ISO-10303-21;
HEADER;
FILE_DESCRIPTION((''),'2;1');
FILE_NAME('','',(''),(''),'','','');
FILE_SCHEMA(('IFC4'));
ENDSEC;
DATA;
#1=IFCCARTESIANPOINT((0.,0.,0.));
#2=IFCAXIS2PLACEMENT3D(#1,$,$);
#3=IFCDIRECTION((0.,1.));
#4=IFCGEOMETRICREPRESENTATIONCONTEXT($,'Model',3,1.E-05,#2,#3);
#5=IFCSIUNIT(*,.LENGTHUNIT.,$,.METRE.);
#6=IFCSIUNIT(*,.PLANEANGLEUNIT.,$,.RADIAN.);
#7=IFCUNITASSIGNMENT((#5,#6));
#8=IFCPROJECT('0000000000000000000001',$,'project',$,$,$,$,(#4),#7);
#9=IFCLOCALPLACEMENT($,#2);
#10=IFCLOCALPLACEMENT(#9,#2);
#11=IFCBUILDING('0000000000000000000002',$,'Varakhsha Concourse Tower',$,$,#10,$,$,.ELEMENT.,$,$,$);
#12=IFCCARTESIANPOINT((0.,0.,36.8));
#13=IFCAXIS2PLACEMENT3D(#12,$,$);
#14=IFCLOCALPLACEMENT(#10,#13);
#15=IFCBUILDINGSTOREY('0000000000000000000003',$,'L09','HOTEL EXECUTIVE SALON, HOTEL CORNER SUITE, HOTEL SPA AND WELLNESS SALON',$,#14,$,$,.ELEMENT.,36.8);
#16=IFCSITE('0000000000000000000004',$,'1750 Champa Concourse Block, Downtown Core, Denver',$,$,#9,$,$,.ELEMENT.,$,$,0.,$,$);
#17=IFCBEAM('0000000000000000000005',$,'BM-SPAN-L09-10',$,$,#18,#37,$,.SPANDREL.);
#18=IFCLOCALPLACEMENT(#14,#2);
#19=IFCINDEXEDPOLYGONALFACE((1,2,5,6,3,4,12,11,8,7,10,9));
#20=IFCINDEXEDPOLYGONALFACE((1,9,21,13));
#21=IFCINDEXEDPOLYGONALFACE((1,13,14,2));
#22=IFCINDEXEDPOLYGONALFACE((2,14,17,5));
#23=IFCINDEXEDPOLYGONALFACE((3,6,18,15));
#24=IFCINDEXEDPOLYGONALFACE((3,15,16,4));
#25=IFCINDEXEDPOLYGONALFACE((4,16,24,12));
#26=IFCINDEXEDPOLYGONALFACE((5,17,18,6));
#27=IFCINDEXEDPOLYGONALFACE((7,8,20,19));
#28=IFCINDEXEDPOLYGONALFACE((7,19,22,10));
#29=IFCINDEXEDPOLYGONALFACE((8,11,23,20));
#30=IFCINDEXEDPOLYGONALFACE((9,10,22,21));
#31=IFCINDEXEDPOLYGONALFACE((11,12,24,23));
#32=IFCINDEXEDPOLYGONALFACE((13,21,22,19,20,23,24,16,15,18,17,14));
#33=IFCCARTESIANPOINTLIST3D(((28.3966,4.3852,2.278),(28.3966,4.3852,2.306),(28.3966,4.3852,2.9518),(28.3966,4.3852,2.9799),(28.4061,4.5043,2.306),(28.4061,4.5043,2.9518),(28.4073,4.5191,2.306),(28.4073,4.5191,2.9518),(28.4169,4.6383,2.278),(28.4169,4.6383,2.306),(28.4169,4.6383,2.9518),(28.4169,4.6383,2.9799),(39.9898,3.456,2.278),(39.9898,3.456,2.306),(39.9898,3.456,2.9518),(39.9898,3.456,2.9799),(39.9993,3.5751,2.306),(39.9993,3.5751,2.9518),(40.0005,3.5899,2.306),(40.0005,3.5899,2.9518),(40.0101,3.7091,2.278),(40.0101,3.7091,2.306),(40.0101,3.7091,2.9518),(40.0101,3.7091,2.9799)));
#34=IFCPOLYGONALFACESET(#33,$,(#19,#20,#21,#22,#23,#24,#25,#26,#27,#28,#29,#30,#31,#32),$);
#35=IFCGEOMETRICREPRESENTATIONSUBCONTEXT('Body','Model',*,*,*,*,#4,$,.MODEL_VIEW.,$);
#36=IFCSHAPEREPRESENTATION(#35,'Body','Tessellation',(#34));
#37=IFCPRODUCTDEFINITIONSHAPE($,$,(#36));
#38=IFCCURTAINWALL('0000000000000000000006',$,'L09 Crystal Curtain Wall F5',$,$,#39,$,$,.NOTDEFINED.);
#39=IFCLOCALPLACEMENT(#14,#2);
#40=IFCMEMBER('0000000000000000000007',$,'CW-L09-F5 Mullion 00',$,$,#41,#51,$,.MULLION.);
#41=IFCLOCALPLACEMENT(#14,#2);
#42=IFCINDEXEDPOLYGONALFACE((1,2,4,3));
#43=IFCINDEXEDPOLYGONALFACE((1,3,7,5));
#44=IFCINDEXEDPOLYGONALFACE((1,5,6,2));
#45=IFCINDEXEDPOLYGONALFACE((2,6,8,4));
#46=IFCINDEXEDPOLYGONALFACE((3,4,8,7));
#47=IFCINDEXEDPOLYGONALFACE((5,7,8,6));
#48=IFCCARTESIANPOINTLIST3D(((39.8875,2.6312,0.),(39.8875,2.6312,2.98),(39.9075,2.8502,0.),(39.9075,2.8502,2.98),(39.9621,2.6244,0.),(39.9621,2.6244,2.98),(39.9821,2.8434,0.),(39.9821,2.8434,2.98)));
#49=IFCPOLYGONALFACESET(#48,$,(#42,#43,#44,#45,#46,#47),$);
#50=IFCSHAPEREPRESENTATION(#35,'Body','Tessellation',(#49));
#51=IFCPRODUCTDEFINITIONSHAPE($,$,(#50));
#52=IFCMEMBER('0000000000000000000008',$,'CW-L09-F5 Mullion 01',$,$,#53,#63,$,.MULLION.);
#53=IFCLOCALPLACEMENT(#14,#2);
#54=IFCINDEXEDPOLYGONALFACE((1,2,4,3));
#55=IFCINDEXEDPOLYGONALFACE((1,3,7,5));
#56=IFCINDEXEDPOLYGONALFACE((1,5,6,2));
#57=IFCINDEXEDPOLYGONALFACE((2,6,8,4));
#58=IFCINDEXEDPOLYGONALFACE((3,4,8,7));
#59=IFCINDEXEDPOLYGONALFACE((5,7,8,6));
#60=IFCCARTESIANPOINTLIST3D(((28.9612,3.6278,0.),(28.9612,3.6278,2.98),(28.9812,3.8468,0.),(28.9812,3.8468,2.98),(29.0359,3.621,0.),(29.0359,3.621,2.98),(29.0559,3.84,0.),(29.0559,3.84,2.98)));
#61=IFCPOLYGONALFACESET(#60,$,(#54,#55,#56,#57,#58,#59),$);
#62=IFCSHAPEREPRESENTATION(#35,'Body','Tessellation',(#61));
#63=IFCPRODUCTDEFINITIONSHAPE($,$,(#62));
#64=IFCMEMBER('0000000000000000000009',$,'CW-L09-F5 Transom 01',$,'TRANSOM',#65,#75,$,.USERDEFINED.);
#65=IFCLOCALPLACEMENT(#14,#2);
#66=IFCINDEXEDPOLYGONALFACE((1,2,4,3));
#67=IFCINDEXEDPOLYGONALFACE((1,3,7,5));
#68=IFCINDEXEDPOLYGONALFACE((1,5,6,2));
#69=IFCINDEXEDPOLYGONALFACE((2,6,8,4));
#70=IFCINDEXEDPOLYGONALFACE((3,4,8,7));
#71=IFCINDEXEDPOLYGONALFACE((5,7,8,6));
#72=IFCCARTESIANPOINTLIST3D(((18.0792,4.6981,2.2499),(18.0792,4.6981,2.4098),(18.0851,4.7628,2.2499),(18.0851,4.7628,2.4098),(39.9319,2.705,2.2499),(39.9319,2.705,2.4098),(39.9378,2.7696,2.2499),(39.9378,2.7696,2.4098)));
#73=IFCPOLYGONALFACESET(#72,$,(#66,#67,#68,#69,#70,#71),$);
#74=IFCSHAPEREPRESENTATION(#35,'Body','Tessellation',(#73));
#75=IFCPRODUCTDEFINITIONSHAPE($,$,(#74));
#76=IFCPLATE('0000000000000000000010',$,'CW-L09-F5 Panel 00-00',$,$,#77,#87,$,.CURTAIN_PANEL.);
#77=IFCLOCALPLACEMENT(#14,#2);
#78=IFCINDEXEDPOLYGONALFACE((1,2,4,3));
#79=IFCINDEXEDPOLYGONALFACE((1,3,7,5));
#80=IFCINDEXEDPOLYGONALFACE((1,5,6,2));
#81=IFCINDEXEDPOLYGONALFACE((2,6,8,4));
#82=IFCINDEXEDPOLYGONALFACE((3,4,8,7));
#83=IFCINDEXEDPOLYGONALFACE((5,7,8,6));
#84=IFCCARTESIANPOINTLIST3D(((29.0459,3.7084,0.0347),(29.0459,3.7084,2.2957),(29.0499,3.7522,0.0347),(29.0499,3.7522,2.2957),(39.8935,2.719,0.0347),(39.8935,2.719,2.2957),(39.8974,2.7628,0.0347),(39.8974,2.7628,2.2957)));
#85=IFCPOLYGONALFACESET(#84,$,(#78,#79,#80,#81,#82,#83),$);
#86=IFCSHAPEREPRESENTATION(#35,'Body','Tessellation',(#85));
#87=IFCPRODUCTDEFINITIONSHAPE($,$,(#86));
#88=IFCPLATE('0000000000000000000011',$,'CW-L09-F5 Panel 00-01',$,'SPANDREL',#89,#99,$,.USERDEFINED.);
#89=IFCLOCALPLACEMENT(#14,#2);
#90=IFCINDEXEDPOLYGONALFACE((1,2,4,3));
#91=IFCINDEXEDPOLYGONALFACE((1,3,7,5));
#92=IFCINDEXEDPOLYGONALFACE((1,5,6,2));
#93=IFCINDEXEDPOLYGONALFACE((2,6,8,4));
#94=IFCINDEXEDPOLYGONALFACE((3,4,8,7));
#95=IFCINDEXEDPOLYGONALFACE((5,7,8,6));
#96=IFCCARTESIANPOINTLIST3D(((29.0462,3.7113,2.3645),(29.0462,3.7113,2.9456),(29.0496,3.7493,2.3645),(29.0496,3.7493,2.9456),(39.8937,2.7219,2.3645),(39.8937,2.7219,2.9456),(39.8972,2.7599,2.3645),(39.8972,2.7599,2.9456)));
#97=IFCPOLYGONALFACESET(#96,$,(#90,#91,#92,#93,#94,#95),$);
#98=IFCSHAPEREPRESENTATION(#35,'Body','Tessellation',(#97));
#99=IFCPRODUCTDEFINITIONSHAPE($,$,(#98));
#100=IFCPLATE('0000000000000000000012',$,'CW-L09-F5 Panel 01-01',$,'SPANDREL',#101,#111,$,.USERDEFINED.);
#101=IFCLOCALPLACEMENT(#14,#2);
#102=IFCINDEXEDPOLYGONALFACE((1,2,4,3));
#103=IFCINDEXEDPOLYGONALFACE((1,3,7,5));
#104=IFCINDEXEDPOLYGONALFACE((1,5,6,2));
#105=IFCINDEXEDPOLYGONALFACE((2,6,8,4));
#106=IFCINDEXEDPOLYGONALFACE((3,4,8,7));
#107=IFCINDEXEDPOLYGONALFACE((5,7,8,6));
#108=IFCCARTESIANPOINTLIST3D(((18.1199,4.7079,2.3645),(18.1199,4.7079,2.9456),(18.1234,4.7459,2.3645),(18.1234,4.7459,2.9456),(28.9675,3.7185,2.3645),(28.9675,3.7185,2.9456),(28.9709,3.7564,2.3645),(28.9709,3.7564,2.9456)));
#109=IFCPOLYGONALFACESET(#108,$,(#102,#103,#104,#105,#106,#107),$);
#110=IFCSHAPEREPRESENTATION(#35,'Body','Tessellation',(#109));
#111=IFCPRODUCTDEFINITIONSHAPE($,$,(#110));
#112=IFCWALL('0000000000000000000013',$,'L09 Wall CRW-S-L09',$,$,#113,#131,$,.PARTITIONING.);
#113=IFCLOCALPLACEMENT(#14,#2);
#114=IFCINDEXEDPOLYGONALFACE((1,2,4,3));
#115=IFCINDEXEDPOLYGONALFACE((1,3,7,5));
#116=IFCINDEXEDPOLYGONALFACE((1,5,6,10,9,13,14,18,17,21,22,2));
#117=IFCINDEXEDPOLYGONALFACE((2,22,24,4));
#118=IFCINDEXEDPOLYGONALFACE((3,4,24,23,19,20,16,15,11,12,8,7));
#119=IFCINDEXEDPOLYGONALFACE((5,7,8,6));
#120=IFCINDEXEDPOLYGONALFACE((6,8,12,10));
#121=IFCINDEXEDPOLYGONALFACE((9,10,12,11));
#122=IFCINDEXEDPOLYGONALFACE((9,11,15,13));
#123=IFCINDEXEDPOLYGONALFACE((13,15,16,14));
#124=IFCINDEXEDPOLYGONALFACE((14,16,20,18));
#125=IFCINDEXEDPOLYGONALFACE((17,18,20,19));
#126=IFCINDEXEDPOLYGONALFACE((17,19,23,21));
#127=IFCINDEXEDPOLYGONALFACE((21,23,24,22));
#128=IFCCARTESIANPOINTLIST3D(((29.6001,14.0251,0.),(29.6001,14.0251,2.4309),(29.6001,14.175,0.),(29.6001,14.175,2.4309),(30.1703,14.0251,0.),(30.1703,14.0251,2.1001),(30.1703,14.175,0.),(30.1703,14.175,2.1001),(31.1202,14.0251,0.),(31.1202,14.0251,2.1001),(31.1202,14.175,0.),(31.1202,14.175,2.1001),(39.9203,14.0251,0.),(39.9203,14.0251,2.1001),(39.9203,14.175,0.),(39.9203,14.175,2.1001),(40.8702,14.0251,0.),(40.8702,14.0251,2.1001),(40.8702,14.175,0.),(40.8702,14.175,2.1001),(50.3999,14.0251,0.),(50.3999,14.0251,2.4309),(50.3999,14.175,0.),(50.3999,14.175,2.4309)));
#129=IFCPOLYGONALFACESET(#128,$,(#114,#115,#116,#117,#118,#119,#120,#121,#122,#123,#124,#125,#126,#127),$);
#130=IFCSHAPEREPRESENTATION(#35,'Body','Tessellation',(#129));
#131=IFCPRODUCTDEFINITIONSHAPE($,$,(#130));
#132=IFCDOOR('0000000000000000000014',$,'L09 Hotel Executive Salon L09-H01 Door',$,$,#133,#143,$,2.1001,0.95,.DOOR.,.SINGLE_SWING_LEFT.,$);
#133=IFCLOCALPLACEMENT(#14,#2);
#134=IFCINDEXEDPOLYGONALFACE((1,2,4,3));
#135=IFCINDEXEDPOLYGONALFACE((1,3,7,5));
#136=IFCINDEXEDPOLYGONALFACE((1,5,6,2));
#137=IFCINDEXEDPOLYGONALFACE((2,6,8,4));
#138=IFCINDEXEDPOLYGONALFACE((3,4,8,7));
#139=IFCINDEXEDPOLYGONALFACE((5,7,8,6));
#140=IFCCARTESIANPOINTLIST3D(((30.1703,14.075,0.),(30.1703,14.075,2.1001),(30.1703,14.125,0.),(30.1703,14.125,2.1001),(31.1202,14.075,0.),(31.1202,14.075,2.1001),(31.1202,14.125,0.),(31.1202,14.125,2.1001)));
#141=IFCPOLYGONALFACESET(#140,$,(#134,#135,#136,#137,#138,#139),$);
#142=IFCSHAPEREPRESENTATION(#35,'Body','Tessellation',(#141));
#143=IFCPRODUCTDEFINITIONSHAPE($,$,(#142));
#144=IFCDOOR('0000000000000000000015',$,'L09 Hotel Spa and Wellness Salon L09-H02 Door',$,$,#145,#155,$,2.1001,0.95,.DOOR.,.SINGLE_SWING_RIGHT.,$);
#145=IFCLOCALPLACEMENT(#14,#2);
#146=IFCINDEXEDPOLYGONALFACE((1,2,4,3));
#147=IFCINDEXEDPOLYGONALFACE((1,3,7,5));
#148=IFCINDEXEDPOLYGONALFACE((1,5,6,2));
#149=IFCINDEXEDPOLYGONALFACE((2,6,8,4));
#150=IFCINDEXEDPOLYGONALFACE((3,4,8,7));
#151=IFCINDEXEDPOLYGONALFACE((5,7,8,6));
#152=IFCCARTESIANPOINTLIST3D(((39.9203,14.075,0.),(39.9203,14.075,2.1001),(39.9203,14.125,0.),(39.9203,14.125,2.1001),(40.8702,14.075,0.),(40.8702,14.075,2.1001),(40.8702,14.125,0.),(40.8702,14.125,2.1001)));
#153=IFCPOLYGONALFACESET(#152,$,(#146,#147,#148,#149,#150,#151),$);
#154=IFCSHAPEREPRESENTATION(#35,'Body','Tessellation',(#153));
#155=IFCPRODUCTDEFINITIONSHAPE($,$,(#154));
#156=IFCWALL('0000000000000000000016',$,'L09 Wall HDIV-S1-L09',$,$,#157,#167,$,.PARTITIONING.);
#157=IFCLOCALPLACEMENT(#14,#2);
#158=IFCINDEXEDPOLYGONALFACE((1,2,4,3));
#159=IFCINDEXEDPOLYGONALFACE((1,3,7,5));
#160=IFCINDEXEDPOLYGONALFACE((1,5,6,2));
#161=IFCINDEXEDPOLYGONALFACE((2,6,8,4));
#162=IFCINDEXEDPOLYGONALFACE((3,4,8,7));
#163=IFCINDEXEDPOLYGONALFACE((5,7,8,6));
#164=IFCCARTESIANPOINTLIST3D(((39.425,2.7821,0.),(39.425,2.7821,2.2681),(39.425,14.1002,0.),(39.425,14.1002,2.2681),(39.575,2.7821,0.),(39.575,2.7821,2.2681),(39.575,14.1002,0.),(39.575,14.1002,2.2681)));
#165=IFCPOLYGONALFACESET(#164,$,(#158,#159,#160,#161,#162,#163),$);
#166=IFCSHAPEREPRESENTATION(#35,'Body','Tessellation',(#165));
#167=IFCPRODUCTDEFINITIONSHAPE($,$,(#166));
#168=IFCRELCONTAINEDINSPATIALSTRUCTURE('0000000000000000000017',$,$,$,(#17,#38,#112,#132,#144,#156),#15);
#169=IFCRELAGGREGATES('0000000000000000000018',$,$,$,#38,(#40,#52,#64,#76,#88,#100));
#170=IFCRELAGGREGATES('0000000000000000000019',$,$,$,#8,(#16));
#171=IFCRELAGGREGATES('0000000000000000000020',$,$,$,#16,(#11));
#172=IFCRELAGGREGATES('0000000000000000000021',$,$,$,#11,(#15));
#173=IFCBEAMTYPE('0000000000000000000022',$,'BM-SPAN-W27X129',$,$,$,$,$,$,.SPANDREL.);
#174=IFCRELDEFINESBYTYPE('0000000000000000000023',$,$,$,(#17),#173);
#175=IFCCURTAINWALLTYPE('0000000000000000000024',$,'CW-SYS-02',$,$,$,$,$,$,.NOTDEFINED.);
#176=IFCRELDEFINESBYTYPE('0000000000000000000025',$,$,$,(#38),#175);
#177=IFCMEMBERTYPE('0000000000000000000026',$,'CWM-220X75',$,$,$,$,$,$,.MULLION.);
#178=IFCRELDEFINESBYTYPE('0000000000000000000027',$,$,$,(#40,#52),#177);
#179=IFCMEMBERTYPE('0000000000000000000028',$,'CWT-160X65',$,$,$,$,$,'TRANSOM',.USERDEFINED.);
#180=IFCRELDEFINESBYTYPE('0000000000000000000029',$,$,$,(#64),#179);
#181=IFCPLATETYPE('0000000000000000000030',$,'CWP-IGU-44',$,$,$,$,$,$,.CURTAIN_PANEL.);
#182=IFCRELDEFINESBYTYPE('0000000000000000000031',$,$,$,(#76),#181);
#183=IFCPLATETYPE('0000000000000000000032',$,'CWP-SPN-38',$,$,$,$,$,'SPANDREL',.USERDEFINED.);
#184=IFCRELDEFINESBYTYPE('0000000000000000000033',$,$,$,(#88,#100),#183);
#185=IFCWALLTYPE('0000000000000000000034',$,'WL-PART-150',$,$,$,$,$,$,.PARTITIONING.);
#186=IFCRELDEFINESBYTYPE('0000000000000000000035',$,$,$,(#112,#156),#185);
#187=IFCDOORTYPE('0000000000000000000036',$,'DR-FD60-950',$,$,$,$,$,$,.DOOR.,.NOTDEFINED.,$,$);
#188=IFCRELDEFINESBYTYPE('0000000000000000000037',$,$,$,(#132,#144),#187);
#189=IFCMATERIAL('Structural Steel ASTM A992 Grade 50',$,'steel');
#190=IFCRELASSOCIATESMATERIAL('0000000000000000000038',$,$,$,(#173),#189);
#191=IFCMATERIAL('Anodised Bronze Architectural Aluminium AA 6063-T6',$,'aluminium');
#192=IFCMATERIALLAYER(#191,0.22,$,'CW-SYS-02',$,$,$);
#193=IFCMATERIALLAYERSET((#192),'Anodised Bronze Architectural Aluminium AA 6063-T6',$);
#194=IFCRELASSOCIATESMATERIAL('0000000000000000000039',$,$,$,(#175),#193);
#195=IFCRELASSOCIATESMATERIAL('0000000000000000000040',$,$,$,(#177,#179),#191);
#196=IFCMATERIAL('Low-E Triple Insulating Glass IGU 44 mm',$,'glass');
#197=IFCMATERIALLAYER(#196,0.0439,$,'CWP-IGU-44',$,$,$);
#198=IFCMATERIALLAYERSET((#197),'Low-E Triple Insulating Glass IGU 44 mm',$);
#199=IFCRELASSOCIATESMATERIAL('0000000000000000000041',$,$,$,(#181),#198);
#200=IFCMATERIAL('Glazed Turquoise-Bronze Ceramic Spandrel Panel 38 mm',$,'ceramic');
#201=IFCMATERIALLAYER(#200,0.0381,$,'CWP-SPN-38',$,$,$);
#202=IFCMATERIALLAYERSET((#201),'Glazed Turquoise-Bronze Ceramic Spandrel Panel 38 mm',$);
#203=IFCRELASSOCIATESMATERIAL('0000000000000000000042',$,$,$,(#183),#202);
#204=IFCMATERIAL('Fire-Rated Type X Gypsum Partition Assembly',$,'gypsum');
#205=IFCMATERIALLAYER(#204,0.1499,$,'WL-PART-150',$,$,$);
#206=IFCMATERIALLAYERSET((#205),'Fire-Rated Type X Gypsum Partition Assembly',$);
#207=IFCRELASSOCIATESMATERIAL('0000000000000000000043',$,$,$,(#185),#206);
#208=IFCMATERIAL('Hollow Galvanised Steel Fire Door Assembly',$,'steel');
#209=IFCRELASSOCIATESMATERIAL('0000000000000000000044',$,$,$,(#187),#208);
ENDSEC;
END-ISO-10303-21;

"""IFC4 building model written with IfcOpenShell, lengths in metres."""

from ifc_helpers import new_model, si_unit, direction, frame, frame_2d, origin, origin_2d, place, context, subcontext, project, spatial, rectangle, i_section, extrude, source, transform, mapped, material, layer, layer_set, material_profile, profile_set, type_object, type_shapes, element, fill, aggregate, save


model = new_model("IFC4")

# Units and contexts
model_context = context("Model", 3, precision=1e-05, world=origin(), true_north=direction((0.0, 1.0)))
body_context = subcontext(model_context, "Body", "Model", "MODEL_VIEW")
ifc_project = project(units=[si_unit("LENGTHUNIT", "METRE"), si_unit("PLANEANGLEUNIT", "RADIAN")], contexts=[model_context])

# Site, building, storey
site_placement = place(None, origin())
site = spatial("IfcSite", under=ifc_project, at=site_placement, Name="1750 Champa Concourse Block, Downtown Core, Denver", CompositionType="ELEMENT", RefElevation=0.0)
building_placement = place(site_placement, origin())
building = spatial("IfcBuilding", under=site, at=building_placement, Name="Varakhsha Concourse Tower", CompositionType="ELEMENT")
storey_placement = place(building_placement, frame((0.0, 0.0, 36.8)))
storey = spatial("IfcBuildingStorey", under=building, at=storey_placement, Name="L09", Description="HOTEL EXECUTIVE SALON, HOTEL CORNER SUITE, HOTEL SPA AND WELLNESS SALON", CompositionType="ELEMENT", Elevation=36.8)

# Shared definitions
ifc_material_1 = material(Name="Structural Steel ASTM A992 Grade 50", Category="steel")

# Beam
ifc_material_profile_1 = material_profile(ifc_material_1, i_section(OverallWidth=0.2539, OverallDepth=0.7019, WebThickness=0.0149, FlangeThickness=0.0281, at=origin_2d()), Name="W27X129")
ifc_profile_set_1 = profile_set([ifc_material_profile_1], Name="Structural Steel ASTM A992 Grade 50")
beam_type_1 = type_object("IfcBeamType", Name="BM-SPAN-W27X129", PredefinedType="SPANDREL", material=ifc_profile_set_1)
beam_1_placement = place(storey_placement, frame((28.4067, 4.5117, 2.6289), z_axis=(0.996803, -0.079894, 0.0), x_axis=(0.079894, 0.996803, 0.0)))
element("IfcBeam", 1, at=beam_1_placement, inside=storey, type_object=beam_type_1, Name="BM-SPAN-L09-10", PredefinedType="SPANDREL", context=body_context, shape_type="SweptSolid", body=[
    extrude(i_section(OverallWidth=0.2539, OverallDepth=0.7019, WebThickness=0.0149, FlangeThickness=0.0281, at=origin_2d()), origin(), (0.0, 0.0, 1.0), 11.6304),
])

# Curtain wall, members, plates
ifc_material_2 = material(Name="Anodised Bronze Architectural Aluminium AA 6063-T6", Category="aluminium")
ifc_layer_1 = layer(ifc_material_2, 0.22, Name="CW-SYS-02")
ifc_layer_set_1 = layer_set([ifc_layer_1], Name="Anodised Bronze Architectural Aluminium AA 6063-T6")
curtain_wall_type = type_object("IfcCurtainWallType", Name="CW-SYS-02", PredefinedType="NOTDEFINED", material=ifc_layer_set_1)
curtain_wall_placement = place(storey_placement, origin())
curtain_wall = element("IfcCurtainWall", 2, at=curtain_wall_placement, inside=storey, type_object=curtain_wall_type, Name="L09 Crystal Curtain Wall F5", PredefinedType="NOTDEFINED")
ifc_material_profile_2 = material_profile(ifc_material_2, rectangle(XDim=0.075, YDim=0.22, at=origin_2d()), Name="CWM-220X75")
ifc_profile_set_2 = profile_set([ifc_material_profile_2], Name="Anodised Bronze Architectural Aluminium AA 6063-T6")
member_type_1 = type_object("IfcMemberType", Name="CWM-220X75", PredefinedType="MULLION", material=ifc_profile_set_2)
shared_shape_1 = source(origin(), body_context, "Body", "SweptSolid", [
    extrude(rectangle(XDim=0.075, YDim=0.22, at=origin_2d()), origin(), (0.0, 0.0, 1.0), 2.98),
])
type_shapes(member_type_1, [shared_shape_1])
member_1_placement = place(storey_placement, frame((39.9348, 2.7373, 0.0), z_axis=(0.0, 0.0, 1.0), x_axis=(-0.995866, 0.090834, 0.0)))
member_1 = element("IfcMember", 3, at=member_1_placement, type_object=member_type_1, Name="CW-L09-F5 Mullion 00", PredefinedType="MULLION", context=body_context, shape_type="MappedRepresentation", body=[
    mapped(shared_shape_1, transform((0.0, 0.0, 0.0), scale=1.0)),
])
member_2_placement = place(storey_placement, frame((29.0085, 3.7339, 0.0), z_axis=(0.0, 0.0, 1.0), x_axis=(-0.995866, 0.090834, 0.0)))
member_2 = element("IfcMember", 4, at=member_2_placement, type_object=member_type_1, Name="CW-L09-F5 Mullion 01", PredefinedType="MULLION", context=body_context, shape_type="MappedRepresentation", body=[
    mapped(shared_shape_1, transform((0.0, 0.0, 0.0), scale=1.0)),
])
ifc_material_profile_3 = material_profile(ifc_material_2, rectangle(XDim=0.0649, YDim=0.1599, at=origin_2d()), Name="CWT-160X65")
ifc_profile_set_3 = profile_set([ifc_material_profile_3], Name="Anodised Bronze Architectural Aluminium AA 6063-T6")
member_type_2 = type_object("IfcMemberType", Name="CWT-160X65", ElementType="TRANSOM", PredefinedType="USERDEFINED", material=ifc_profile_set_3)
shared_shape_2 = source(origin(), body_context, "Body", "SweptSolid", [
    extrude(rectangle(XDim=0.0649, YDim=0.1599, at=origin_2d()), origin(), (0.0, 0.0, 1.0), 21.9434),
])
type_shapes(member_type_2, [shared_shape_2])
member_3_placement = place(storey_placement, frame((39.9348, 2.7373, 2.3298), z_axis=(-0.995866, 0.090833, 0.0), x_axis=(-0.090833, -0.995866, 0.0)))
member_3 = element("IfcMember", 5, at=member_3_placement, type_object=member_type_2, Name="CW-L09-F5 Transom 01", ObjectType="TRANSOM", PredefinedType="USERDEFINED", context=body_context, shape_type="MappedRepresentation", body=[
    mapped(shared_shape_2, transform((0.0, 0.0, 0.0), scale=1.0)),
])
ifc_material_3 = material(Name="Low-E Triple Insulating Glass IGU 44 mm", Category="glass")
ifc_layer_2 = layer(ifc_material_3, 0.0439, Name="CWP-IGU-44")
ifc_layer_set_2 = layer_set([ifc_layer_2], Name="Low-E Triple Insulating Glass IGU 44 mm")
plate_type_1 = type_object("IfcPlateType", Name="CWP-IGU-44", PredefinedType="CURTAIN_PANEL", material=ifc_layer_set_2)
shared_shape_3 = source(origin(), body_context, "Body", "SweptSolid", [
    extrude(rectangle(XDim=10.8926, YDim=0.0439, at=origin_2d()), origin(), (0.0, 0.0, 1.0), 2.261),
])
type_shapes(plate_type_1, [shared_shape_3])
plate_1_placement = place(storey_placement, frame((34.4717, 3.2356, 0.0347), z_axis=(0.0, 0.0, 1.0), x_axis=(-0.995866, 0.090834, 0.0)))
plate_1 = element("IfcPlate", 6, at=plate_1_placement, type_object=plate_type_1, Name="CW-L09-F5 Panel 00-00", PredefinedType="CURTAIN_PANEL", context=body_context, shape_type="MappedRepresentation", body=[
    mapped(shared_shape_3, transform((0.0, 0.0, 0.0), scale=1.0)),
])
ifc_material_4 = material(Name="Glazed Turquoise-Bronze Ceramic Spandrel Panel 38 mm", Category="ceramic")
ifc_layer_3 = layer(ifc_material_4, 0.0381, Name="CWP-SPN-38")
ifc_layer_set_3 = layer_set([ifc_layer_3], Name="Glazed Turquoise-Bronze Ceramic Spandrel Panel 38 mm")
plate_type_2 = type_object("IfcPlateType", Name="CWP-SPN-38", ElementType="SPANDREL", PredefinedType="USERDEFINED", material=ifc_layer_set_3)
shared_shape_4 = source(origin(), body_context, "Body", "SweptSolid", [
    extrude(rectangle(XDim=10.8926, YDim=0.0381, at=origin_2d()), origin(), (0.0, 0.0, 1.0), 0.5811),
])
type_shapes(plate_type_2, [shared_shape_4])
plate_2_placement = place(storey_placement, frame((34.4717, 3.2356, 2.3645), z_axis=(0.0, 0.0, 1.0), x_axis=(-0.995866, 0.090834, 0.0)))
plate_2 = element("IfcPlate", 7, at=plate_2_placement, type_object=plate_type_2, Name="CW-L09-F5 Panel 00-01", ObjectType="SPANDREL", PredefinedType="USERDEFINED", context=body_context, shape_type="MappedRepresentation", body=[
    mapped(shared_shape_4, transform((0.0, 0.0, 0.0), scale=1.0)),
])
plate_3_placement = place(storey_placement, frame((23.5454, 4.2322, 2.3645), z_axis=(0.0, 0.0, 1.0), x_axis=(-0.995866, 0.090834, 0.0)))
plate_3 = element("IfcPlate", 8, at=plate_3_placement, type_object=plate_type_2, Name="CW-L09-F5 Panel 01-01", ObjectType="SPANDREL", PredefinedType="USERDEFINED", context=body_context, shape_type="MappedRepresentation", body=[
    mapped(shared_shape_4, transform((0.0, 0.0, 0.0), scale=1.0)),
])
aggregate(curtain_wall, [member_1, member_2, member_3, plate_1, plate_2, plate_3])

# Wall, openings, doors
ifc_material_5 = material(Name="Fire-Rated Type X Gypsum Partition Assembly", Category="gypsum")
ifc_layer_4 = layer(ifc_material_5, 0.1499, Name="WL-PART-150")
ifc_layer_set_4 = layer_set([ifc_layer_4], Name="Fire-Rated Type X Gypsum Partition Assembly")
wall_type = type_object("IfcWallType", Name="WL-PART-150", PredefinedType="PARTITIONING", material=ifc_layer_set_4)
wall_1_placement = place(storey_placement, frame((29.6001, 14.1001, 0.0), z_axis=(0.0, 0.0, 1.0), x_axis=(1.0, 0.0, 0.0)))
wall_1 = element("IfcWall", 9, at=wall_1_placement, inside=storey, type_object=wall_type, Name="L09 Wall CRW-S-L09", PredefinedType="PARTITIONING", context=body_context, shape_type="SweptSolid", body=[
    extrude(rectangle(XDim=20.7998, YDim=0.1499, at=frame_2d((10.3999, 0.0))), origin(), (0.0, 0.0, 1.0), 2.4309),
])
opening_1_placement = place(wall_1_placement, frame((0.5701, 0.0, 0.0)))
opening_1 = element("IfcOpeningElement", 10, at=opening_1_placement, cuts=wall_1, PredefinedType="OPENING", context=body_context, shape_type="SweptSolid", body=[
    extrude(rectangle(XDim=0.95, YDim=2.1001, at=frame_2d((0.4751, 1.05))), frame((0.0, 0.085, 0.0), z_axis=(0.0, -1.0, 0.0), x_axis=(1.0, 0.0, 0.0)), (0.0, 0.0, 1.0), 0.1699),
])
opening_2_placement = place(wall_1_placement, frame((10.3201, 0.0, 0.0)))
opening_2 = element("IfcOpeningElement", 11, at=opening_2_placement, cuts=wall_1, PredefinedType="OPENING", context=body_context, shape_type="SweptSolid", body=[
    extrude(rectangle(XDim=0.95, YDim=2.1001, at=frame_2d((0.4751, 1.05))), frame((0.0, 0.085, 0.0), z_axis=(0.0, -1.0, 0.0), x_axis=(1.0, 0.0, 0.0)), (0.0, 0.0, 1.0), 0.1699),
])
ifc_material_6 = material(Name="Hollow Galvanised Steel Fire Door Assembly", Category="steel")
door_type = type_object("IfcDoorType", Name="DR-FD60-950", OperationType="NOTDEFINED", PredefinedType="DOOR", material=ifc_material_6)
door_1_placement = place(opening_1_placement, origin())
door_1 = element("IfcDoor", 12, at=door_1_placement, inside=storey, type_object=door_type, Name="L09 Hotel Executive Salon L09-H01 Door", OperationType="SINGLE_SWING_LEFT", OverallHeight=2.1001, OverallWidth=0.95, PredefinedType="DOOR", context=body_context, shape_type="SweptSolid", body=[
    extrude(rectangle(XDim=0.95, YDim=2.1001, at=frame_2d((0.4751, 1.05))), frame((0.0, 0.0249, 0.0), z_axis=(0.0, -1.0, 0.0), x_axis=(1.0, 0.0, 0.0)), (0.0, 0.0, 1.0), 0.05),
])
fill(opening_1, door_1)
door_2_placement = place(opening_2_placement, origin())
door_2 = element("IfcDoor", 13, at=door_2_placement, inside=storey, type_object=door_type, Name="L09 Hotel Spa and Wellness Salon L09-H02 Door", OperationType="SINGLE_SWING_RIGHT", OverallHeight=2.1001, OverallWidth=0.95, PredefinedType="DOOR", context=body_context, shape_type="SweptSolid", body=[
    extrude(rectangle(XDim=0.95, YDim=2.1001, at=frame_2d((0.4751, 1.05))), frame((0.0, 0.0249, 0.0), z_axis=(0.0, -1.0, 0.0), x_axis=(1.0, 0.0, 0.0)), (0.0, 0.0, 1.0), 0.05),
])
fill(opening_2, door_2)

# Wall
wall_2_placement = place(storey_placement, frame((39.5, 2.782, 0.0), z_axis=(0.0, 0.0, 1.0), x_axis=(0.0, 1.0, 0.0)))
element("IfcWall", 14, at=wall_2_placement, inside=storey, type_object=wall_type, Name="L09 Wall HDIV-S1-L09", PredefinedType="PARTITIONING", context=body_context, shape_type="SweptSolid", body=[
    extrude(rectangle(XDim=11.3181, YDim=0.1499, at=frame_2d((5.6592, 0.0))), origin(), (0.0, 0.0, 1.0), 2.2681),
])

save(model, "model.ifc")
